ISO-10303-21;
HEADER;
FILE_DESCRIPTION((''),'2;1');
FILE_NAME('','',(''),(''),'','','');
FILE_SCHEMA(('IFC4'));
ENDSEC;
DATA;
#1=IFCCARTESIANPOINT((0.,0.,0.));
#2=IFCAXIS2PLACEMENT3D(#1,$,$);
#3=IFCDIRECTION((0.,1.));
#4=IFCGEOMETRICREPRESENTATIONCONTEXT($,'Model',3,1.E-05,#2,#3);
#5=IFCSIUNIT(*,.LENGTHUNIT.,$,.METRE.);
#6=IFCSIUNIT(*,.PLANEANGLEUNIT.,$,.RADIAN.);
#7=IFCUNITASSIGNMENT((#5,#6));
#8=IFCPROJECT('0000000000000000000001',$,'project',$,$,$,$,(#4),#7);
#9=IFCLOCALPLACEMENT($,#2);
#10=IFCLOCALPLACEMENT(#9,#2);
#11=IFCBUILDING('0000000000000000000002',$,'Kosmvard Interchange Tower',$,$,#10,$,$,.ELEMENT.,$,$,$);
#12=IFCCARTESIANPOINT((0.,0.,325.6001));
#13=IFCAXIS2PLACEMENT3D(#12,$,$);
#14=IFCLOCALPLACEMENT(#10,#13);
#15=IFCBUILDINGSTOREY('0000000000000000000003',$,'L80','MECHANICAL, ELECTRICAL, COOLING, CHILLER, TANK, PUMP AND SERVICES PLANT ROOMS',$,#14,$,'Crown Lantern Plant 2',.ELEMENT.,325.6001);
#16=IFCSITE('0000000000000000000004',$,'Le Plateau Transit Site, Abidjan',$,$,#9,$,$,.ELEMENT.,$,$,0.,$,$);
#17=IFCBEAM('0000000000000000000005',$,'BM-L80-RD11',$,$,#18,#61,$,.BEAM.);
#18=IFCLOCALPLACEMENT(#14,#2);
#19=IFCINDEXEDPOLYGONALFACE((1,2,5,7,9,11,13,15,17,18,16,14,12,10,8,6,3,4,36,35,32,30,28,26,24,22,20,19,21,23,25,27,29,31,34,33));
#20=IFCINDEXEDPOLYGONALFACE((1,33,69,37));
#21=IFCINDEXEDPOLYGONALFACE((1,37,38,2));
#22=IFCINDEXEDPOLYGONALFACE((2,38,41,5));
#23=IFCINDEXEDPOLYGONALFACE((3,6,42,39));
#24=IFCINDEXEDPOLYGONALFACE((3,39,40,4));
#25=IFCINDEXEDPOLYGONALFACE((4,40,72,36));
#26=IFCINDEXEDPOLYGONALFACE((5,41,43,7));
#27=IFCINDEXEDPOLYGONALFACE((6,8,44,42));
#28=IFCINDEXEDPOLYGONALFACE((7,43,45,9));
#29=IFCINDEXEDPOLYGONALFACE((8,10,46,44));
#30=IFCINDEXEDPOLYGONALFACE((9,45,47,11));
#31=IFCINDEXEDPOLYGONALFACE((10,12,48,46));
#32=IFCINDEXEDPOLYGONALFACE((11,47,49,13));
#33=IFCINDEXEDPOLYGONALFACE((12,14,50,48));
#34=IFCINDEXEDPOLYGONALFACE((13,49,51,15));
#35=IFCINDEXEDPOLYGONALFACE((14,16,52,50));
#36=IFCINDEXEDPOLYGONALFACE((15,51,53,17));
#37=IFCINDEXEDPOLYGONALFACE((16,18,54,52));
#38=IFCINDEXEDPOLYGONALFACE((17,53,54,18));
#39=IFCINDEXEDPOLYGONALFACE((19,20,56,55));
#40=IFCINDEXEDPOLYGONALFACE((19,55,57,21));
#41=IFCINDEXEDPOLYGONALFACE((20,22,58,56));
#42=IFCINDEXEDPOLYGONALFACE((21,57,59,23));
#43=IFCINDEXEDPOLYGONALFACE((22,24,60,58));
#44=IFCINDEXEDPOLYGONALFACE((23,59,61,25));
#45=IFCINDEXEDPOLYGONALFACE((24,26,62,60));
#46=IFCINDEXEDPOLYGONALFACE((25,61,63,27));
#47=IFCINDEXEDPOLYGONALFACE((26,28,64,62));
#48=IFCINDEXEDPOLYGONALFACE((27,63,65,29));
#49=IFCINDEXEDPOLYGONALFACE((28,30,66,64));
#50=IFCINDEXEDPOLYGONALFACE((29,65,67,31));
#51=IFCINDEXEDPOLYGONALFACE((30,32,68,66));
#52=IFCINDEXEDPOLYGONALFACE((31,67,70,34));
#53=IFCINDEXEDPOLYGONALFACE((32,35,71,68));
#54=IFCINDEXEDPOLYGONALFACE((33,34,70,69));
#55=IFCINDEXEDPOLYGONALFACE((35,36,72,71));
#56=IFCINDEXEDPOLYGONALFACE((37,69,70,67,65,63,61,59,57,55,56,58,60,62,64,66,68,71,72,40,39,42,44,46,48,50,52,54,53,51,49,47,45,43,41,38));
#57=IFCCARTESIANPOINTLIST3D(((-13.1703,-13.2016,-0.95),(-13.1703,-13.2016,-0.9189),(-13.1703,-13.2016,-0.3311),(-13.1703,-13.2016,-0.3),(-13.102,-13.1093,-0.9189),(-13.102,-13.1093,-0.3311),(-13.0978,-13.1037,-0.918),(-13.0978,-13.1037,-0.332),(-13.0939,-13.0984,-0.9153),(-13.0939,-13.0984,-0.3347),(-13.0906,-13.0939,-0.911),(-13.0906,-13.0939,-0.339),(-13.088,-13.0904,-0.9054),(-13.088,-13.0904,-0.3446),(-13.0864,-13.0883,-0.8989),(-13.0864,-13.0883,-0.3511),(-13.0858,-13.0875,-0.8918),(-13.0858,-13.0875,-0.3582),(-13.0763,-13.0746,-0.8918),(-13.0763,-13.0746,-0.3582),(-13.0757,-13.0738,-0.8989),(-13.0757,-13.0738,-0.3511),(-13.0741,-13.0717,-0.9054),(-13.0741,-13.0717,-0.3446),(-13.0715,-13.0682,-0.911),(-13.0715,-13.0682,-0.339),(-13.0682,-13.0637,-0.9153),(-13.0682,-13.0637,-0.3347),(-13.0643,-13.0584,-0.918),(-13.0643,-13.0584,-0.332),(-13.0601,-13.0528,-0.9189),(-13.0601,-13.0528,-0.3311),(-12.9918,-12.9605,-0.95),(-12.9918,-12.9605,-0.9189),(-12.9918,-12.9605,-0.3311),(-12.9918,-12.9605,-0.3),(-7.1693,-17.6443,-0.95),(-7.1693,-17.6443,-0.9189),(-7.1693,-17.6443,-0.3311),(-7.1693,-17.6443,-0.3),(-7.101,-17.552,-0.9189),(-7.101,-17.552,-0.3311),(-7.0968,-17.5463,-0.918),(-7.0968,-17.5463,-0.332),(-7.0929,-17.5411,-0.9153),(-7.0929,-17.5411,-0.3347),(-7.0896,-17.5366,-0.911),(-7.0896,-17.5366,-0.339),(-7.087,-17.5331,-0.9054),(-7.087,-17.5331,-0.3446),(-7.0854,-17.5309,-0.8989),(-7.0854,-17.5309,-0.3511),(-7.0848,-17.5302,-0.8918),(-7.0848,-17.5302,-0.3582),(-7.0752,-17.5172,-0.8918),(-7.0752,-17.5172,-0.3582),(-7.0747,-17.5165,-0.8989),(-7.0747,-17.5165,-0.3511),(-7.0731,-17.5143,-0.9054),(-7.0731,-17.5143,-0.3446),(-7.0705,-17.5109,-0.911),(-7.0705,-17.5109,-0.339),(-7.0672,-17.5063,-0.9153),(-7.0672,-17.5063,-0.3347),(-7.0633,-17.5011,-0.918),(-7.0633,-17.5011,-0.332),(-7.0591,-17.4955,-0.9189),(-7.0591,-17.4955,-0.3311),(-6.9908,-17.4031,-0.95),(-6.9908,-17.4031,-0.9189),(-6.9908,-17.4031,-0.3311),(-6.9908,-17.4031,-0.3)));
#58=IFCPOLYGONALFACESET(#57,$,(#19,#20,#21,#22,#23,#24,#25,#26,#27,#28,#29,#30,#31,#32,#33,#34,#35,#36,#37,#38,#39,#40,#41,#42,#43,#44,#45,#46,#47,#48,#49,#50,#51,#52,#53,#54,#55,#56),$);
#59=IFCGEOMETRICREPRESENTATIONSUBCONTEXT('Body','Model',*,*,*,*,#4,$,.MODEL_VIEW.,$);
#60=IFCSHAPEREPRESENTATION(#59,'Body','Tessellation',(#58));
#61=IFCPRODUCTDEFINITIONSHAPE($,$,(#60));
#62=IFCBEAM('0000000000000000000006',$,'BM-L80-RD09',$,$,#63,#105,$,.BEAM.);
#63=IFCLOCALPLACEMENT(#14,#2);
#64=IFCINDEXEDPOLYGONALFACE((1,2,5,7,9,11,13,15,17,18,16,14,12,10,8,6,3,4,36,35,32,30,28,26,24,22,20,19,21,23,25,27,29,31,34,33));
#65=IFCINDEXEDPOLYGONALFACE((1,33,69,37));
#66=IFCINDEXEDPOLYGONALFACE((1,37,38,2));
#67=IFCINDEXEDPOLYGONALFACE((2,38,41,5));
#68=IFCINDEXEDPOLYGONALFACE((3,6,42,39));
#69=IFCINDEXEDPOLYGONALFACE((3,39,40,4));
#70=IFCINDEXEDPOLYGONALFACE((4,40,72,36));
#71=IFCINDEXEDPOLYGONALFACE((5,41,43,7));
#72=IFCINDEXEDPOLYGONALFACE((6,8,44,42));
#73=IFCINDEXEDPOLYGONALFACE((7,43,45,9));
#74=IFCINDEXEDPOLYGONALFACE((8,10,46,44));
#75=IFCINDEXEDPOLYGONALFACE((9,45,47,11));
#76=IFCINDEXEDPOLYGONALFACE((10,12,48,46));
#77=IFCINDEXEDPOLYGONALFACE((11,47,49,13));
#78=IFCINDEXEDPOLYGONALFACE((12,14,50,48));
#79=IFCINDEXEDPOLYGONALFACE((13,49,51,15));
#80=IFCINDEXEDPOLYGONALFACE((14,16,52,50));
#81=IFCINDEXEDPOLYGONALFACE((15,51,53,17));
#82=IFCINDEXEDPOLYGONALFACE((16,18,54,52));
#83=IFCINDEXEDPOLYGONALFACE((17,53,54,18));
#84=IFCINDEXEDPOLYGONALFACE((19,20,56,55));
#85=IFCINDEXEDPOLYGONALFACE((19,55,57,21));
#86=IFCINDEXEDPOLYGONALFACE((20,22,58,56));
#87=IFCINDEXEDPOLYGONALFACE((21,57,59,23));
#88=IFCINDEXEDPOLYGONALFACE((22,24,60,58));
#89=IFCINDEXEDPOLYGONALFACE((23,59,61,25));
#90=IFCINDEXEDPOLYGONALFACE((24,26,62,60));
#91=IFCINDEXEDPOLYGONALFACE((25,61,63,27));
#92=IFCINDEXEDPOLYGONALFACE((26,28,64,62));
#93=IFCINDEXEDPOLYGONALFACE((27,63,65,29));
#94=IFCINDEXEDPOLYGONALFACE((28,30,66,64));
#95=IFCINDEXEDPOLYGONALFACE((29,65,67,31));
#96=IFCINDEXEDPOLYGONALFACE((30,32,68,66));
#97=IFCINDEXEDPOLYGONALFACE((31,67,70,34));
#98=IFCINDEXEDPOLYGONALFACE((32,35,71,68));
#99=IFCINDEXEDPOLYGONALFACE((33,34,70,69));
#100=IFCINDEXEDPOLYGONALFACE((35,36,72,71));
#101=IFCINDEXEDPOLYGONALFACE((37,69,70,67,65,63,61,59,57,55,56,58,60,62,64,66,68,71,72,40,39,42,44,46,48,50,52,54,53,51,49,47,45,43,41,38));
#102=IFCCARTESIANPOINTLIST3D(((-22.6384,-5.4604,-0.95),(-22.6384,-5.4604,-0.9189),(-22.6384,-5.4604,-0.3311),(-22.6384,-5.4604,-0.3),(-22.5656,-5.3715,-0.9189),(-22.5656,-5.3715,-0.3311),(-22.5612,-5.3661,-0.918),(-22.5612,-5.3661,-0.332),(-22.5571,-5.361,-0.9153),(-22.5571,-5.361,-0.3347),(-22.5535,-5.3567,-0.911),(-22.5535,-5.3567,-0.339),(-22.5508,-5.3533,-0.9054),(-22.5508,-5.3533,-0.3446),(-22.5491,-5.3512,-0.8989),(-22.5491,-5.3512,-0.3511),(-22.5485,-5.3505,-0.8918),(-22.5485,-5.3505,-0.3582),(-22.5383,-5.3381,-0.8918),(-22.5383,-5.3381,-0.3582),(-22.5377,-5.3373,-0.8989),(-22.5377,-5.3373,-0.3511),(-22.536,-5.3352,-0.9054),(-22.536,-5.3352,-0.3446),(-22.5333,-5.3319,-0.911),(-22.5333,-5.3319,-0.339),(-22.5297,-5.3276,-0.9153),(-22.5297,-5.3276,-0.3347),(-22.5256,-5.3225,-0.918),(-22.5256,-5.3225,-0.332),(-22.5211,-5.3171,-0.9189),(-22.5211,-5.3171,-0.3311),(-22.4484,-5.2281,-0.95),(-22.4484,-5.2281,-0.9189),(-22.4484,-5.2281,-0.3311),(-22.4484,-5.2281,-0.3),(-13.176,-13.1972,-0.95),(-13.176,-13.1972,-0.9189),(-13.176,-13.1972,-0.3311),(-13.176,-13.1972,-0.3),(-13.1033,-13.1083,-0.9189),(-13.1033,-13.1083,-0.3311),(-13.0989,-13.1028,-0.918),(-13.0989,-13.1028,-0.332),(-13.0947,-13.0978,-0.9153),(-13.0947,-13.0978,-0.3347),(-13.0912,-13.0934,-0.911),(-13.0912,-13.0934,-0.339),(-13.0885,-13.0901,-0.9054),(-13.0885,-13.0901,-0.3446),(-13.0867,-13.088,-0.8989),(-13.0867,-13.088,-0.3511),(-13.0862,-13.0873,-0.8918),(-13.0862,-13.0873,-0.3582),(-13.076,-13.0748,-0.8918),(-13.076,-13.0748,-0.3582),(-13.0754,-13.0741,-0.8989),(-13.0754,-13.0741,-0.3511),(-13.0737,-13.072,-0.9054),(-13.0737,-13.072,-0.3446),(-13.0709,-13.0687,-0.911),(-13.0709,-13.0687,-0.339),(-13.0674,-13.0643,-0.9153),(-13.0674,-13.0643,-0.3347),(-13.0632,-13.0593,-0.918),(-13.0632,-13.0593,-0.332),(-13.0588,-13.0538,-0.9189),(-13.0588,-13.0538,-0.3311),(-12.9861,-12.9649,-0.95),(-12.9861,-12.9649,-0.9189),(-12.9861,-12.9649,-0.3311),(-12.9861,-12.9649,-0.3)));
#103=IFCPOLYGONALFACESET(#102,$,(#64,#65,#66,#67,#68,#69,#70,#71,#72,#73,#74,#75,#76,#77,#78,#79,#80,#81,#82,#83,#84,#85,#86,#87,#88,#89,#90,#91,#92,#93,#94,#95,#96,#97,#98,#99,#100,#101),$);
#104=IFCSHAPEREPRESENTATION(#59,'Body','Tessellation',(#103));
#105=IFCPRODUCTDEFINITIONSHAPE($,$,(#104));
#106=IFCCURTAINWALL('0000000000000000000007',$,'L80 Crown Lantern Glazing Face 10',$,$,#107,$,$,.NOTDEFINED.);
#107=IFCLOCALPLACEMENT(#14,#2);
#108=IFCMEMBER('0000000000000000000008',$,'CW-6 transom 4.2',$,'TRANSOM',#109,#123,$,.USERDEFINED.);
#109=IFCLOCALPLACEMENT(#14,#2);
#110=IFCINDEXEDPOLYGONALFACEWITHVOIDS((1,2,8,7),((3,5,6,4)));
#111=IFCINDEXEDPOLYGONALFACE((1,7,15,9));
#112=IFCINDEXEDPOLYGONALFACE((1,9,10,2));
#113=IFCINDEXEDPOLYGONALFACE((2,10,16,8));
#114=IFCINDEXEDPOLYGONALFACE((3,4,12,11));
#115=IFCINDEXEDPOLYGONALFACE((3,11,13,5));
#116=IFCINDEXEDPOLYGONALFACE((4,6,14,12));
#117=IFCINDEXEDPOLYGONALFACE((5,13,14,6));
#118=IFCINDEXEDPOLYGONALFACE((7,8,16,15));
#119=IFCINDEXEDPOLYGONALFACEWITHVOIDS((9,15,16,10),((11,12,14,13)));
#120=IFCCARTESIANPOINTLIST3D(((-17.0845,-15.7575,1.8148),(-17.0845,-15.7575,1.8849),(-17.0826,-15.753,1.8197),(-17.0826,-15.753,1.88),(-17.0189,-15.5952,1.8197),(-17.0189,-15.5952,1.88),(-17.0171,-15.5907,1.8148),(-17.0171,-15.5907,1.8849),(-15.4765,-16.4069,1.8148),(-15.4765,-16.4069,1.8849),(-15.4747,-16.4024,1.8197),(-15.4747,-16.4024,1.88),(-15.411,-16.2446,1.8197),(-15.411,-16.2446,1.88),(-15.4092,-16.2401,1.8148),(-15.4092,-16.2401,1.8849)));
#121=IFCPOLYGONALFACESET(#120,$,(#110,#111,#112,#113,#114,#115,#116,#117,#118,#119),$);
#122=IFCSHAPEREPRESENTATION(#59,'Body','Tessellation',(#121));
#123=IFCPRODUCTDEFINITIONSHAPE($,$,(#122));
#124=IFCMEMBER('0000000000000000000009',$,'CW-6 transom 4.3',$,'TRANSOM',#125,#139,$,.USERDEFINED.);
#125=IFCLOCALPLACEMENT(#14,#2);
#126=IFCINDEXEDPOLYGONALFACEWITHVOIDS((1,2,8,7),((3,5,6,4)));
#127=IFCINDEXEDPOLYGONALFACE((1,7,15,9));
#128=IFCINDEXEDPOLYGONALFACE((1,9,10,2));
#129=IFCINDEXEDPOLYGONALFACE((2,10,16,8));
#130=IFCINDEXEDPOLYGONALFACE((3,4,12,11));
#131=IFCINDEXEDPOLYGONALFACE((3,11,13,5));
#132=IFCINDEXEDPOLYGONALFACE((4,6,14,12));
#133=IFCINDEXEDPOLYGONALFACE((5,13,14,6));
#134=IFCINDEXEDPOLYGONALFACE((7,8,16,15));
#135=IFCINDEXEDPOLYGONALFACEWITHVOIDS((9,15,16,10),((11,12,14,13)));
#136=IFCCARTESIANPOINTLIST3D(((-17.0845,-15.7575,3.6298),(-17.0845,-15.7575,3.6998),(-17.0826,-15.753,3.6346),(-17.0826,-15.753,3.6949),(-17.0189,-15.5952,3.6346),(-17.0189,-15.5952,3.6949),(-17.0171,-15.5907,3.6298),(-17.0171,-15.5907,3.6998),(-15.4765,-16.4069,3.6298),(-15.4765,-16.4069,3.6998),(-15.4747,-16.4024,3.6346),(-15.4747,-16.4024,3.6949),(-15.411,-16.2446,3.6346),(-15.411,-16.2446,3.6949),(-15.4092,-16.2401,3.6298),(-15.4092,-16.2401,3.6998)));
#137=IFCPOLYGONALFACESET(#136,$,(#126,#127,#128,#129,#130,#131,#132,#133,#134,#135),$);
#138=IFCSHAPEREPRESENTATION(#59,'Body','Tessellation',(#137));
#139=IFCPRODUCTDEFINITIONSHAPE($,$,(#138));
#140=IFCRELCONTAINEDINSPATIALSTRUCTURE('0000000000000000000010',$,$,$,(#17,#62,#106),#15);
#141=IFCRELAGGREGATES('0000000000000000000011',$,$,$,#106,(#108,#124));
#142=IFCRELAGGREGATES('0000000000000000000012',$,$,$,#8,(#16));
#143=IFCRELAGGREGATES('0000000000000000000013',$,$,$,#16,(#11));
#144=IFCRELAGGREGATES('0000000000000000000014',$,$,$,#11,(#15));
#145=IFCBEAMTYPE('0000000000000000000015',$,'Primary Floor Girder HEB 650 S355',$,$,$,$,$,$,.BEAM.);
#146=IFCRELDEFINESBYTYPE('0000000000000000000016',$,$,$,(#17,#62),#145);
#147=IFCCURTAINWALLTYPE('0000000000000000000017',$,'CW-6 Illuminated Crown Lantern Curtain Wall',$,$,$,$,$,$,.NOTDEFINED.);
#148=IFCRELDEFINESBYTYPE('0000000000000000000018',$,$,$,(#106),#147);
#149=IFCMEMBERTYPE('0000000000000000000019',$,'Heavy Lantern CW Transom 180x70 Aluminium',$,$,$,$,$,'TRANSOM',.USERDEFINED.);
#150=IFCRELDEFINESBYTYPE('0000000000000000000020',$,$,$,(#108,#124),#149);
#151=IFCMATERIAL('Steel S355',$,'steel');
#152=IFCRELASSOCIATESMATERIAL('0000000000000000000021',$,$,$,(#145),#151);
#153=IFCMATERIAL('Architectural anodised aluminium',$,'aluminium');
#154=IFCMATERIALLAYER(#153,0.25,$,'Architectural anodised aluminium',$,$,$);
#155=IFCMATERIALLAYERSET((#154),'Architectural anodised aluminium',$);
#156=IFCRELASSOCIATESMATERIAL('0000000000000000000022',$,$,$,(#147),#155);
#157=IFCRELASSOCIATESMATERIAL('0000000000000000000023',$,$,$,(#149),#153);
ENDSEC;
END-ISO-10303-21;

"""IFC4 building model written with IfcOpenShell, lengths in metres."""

from ifc_helpers import new_model, si_unit, direction, frame, origin, origin_2d, place, context, subcontext, project, spatial, hollow_rectangle, i_section, extrude, source, transform, mapped, material, layer, layer_set, material_profile, profile_set, type_object, element, aggregate, save


model = new_model("IFC4")

# Units and contexts
model_context = context("Model", 3, precision=1e-05, world=origin(), true_north=direction((0.0, 1.0)))
body_context = subcontext(model_context, "Body", "Model", "MODEL_VIEW")
ifc_project = project(units=[si_unit("LENGTHUNIT", "METRE"), si_unit("PLANEANGLEUNIT", "RADIAN")], contexts=[model_context])

# Site, building, storey
site_placement = place(None, origin())
site = spatial("IfcSite", under=ifc_project, at=site_placement, Name="Le Plateau Transit Site, Abidjan", CompositionType="ELEMENT", RefElevation=0.0)
building_placement = place(site_placement, origin())
building = spatial("IfcBuilding", under=site, at=building_placement, Name="Kosmvard Interchange Tower", CompositionType="ELEMENT")
storey_placement = place(building_placement, frame((0.0, 0.0, 325.6001)))
storey = spatial("IfcBuildingStorey", under=building, at=storey_placement, Name="L80", Description="MECHANICAL, ELECTRICAL, COOLING, CHILLER, TANK, PUMP AND SERVICES PLANT ROOMS", LongName="Crown Lantern Plant 2", CompositionType="ELEMENT", Elevation=325.6001)

# Beams
ifc_material_1 = material(Name="Steel S355", Category="steel")
ifc_material_profile_1 = material_profile(ifc_material_1, i_section(OverallWidth=0.3, OverallDepth=0.6499, WebThickness=0.0161, FlangeThickness=0.031, FilletRadius=0.0271, at=origin_2d()), Name="HEB 650")
ifc_profile_set_1 = profile_set([ifc_material_profile_1], Name="Steel S355")
beam_type_1 = type_object("IfcBeamType", Name="Primary Floor Girder HEB 650 S355", PredefinedType="BEAM", material=ifc_profile_set_1)
shared_shape_1 = source(origin(), body_context, "Body", "SweptSolid", [
    extrude(i_section(OverallWidth=0.3, OverallDepth=0.6499, WebThickness=0.0161, FlangeThickness=0.031, FilletRadius=0.0271, at=origin_2d()), origin(), (0.0, 0.0, 1.0), 7.4666),
])
beam_1_placement = place(storey_placement, frame((-13.0811, -13.0811, -0.625), z_axis=(0.80372, -0.595008, 0.0), x_axis=(0.595008, 0.80372, 0.0)))
element("IfcBeam", 1, at=beam_1_placement, inside=storey, type_object=beam_type_1, Name="BM-L80-RD11", PredefinedType="BEAM", context=body_context, shape_type="MappedRepresentation", body=[
    mapped(shared_shape_1, transform((0.0, 0.0, 0.0), scale=1.0)),
])
shared_shape_2 = source(origin(), body_context, "Body", "SweptSolid", [
    extrude(i_section(OverallWidth=0.3, OverallDepth=0.6499, WebThickness=0.0161, FlangeThickness=0.031, FilletRadius=0.0271, at=origin_2d()), origin(), (0.0, 0.0, 1.0), 12.2227),
])
beam_2_placement = place(storey_placement, frame((-13.0811, -13.0811, -0.625), z_axis=(-0.774164, 0.632985, 0.0), x_axis=(-0.632985, -0.774164, 0.0)))
element("IfcBeam", 2, at=beam_2_placement, inside=storey, type_object=beam_type_1, Name="BM-L80-RD09", PredefinedType="BEAM", context=body_context, shape_type="MappedRepresentation", body=[
    mapped(shared_shape_2, transform((0.0, 0.0, 0.0), scale=1.0)),
])

# Curtain wall, members
ifc_material_2 = material(Name="Architectural anodised aluminium", Category="aluminium")
ifc_layer_1 = layer(ifc_material_2, 0.25, Name="Architectural anodised aluminium")
ifc_layer_set_1 = layer_set([ifc_layer_1], Name="Architectural anodised aluminium")
curtain_wall_type = type_object("IfcCurtainWallType", Name="CW-6 Illuminated Crown Lantern Curtain Wall", PredefinedType="NOTDEFINED", material=ifc_layer_set_1)
curtain_wall_placement = place(storey_placement, origin())
curtain_wall = element("IfcCurtainWall", 3, at=curtain_wall_placement, inside=storey, type_object=curtain_wall_type, Name="L80 Crown Lantern Glazing Face 10", PredefinedType="NOTDEFINED")
ifc_material_profile_2 = material_profile(ifc_material_2, hollow_rectangle(XDim=0.1799, YDim=0.0701, WallThickness=0.0049, at=origin_2d()), Name="CWT 180x70x5")
ifc_profile_set_2 = profile_set([ifc_material_profile_2], Name="Architectural anodised aluminium")
member_type = type_object("IfcMemberType", Name="Heavy Lantern CW Transom 180x70 Aluminium", ElementType="TRANSOM", PredefinedType="USERDEFINED", material=ifc_profile_set_2)
shared_shape_3 = source(origin(), body_context, "Body", "SweptSolid", [
    extrude(hollow_rectangle(XDim=0.1799, YDim=0.0701, WallThickness=0.0049, at=origin_2d()), origin(), (0.0, 0.0, 1.0), 1.7341),
])
member_1_placement = place(storey_placement, frame((-17.0508, -15.6741, 1.8499), z_axis=(0.927229, -0.374496, 0.0), x_axis=(0.374496, 0.927229, 0.0)))
member_1 = element("IfcMember", 4, at=member_1_placement, type_object=member_type, Name="CW-6 transom 4.2", ObjectType="TRANSOM", PredefinedType="USERDEFINED", context=body_context, shape_type="MappedRepresentation", body=[
    mapped(shared_shape_3, transform((0.0, 0.0, 0.0), scale=1.0)),
])
member_2_placement = place(storey_placement, frame((-17.0508, -15.6741, 3.6648), z_axis=(0.927229, -0.374496, 0.0), x_axis=(0.374496, 0.927229, 0.0)))
member_2 = element("IfcMember", 5, at=member_2_placement, type_object=member_type, Name="CW-6 transom 4.3", ObjectType="TRANSOM", PredefinedType="USERDEFINED", context=body_context, shape_type="MappedRepresentation", body=[
    mapped(shared_shape_3, transform((0.0, 0.0, 0.0), scale=1.0)),
])
aggregate(curtain_wall, [member_1, member_2])

save(model, "model.ifc")
